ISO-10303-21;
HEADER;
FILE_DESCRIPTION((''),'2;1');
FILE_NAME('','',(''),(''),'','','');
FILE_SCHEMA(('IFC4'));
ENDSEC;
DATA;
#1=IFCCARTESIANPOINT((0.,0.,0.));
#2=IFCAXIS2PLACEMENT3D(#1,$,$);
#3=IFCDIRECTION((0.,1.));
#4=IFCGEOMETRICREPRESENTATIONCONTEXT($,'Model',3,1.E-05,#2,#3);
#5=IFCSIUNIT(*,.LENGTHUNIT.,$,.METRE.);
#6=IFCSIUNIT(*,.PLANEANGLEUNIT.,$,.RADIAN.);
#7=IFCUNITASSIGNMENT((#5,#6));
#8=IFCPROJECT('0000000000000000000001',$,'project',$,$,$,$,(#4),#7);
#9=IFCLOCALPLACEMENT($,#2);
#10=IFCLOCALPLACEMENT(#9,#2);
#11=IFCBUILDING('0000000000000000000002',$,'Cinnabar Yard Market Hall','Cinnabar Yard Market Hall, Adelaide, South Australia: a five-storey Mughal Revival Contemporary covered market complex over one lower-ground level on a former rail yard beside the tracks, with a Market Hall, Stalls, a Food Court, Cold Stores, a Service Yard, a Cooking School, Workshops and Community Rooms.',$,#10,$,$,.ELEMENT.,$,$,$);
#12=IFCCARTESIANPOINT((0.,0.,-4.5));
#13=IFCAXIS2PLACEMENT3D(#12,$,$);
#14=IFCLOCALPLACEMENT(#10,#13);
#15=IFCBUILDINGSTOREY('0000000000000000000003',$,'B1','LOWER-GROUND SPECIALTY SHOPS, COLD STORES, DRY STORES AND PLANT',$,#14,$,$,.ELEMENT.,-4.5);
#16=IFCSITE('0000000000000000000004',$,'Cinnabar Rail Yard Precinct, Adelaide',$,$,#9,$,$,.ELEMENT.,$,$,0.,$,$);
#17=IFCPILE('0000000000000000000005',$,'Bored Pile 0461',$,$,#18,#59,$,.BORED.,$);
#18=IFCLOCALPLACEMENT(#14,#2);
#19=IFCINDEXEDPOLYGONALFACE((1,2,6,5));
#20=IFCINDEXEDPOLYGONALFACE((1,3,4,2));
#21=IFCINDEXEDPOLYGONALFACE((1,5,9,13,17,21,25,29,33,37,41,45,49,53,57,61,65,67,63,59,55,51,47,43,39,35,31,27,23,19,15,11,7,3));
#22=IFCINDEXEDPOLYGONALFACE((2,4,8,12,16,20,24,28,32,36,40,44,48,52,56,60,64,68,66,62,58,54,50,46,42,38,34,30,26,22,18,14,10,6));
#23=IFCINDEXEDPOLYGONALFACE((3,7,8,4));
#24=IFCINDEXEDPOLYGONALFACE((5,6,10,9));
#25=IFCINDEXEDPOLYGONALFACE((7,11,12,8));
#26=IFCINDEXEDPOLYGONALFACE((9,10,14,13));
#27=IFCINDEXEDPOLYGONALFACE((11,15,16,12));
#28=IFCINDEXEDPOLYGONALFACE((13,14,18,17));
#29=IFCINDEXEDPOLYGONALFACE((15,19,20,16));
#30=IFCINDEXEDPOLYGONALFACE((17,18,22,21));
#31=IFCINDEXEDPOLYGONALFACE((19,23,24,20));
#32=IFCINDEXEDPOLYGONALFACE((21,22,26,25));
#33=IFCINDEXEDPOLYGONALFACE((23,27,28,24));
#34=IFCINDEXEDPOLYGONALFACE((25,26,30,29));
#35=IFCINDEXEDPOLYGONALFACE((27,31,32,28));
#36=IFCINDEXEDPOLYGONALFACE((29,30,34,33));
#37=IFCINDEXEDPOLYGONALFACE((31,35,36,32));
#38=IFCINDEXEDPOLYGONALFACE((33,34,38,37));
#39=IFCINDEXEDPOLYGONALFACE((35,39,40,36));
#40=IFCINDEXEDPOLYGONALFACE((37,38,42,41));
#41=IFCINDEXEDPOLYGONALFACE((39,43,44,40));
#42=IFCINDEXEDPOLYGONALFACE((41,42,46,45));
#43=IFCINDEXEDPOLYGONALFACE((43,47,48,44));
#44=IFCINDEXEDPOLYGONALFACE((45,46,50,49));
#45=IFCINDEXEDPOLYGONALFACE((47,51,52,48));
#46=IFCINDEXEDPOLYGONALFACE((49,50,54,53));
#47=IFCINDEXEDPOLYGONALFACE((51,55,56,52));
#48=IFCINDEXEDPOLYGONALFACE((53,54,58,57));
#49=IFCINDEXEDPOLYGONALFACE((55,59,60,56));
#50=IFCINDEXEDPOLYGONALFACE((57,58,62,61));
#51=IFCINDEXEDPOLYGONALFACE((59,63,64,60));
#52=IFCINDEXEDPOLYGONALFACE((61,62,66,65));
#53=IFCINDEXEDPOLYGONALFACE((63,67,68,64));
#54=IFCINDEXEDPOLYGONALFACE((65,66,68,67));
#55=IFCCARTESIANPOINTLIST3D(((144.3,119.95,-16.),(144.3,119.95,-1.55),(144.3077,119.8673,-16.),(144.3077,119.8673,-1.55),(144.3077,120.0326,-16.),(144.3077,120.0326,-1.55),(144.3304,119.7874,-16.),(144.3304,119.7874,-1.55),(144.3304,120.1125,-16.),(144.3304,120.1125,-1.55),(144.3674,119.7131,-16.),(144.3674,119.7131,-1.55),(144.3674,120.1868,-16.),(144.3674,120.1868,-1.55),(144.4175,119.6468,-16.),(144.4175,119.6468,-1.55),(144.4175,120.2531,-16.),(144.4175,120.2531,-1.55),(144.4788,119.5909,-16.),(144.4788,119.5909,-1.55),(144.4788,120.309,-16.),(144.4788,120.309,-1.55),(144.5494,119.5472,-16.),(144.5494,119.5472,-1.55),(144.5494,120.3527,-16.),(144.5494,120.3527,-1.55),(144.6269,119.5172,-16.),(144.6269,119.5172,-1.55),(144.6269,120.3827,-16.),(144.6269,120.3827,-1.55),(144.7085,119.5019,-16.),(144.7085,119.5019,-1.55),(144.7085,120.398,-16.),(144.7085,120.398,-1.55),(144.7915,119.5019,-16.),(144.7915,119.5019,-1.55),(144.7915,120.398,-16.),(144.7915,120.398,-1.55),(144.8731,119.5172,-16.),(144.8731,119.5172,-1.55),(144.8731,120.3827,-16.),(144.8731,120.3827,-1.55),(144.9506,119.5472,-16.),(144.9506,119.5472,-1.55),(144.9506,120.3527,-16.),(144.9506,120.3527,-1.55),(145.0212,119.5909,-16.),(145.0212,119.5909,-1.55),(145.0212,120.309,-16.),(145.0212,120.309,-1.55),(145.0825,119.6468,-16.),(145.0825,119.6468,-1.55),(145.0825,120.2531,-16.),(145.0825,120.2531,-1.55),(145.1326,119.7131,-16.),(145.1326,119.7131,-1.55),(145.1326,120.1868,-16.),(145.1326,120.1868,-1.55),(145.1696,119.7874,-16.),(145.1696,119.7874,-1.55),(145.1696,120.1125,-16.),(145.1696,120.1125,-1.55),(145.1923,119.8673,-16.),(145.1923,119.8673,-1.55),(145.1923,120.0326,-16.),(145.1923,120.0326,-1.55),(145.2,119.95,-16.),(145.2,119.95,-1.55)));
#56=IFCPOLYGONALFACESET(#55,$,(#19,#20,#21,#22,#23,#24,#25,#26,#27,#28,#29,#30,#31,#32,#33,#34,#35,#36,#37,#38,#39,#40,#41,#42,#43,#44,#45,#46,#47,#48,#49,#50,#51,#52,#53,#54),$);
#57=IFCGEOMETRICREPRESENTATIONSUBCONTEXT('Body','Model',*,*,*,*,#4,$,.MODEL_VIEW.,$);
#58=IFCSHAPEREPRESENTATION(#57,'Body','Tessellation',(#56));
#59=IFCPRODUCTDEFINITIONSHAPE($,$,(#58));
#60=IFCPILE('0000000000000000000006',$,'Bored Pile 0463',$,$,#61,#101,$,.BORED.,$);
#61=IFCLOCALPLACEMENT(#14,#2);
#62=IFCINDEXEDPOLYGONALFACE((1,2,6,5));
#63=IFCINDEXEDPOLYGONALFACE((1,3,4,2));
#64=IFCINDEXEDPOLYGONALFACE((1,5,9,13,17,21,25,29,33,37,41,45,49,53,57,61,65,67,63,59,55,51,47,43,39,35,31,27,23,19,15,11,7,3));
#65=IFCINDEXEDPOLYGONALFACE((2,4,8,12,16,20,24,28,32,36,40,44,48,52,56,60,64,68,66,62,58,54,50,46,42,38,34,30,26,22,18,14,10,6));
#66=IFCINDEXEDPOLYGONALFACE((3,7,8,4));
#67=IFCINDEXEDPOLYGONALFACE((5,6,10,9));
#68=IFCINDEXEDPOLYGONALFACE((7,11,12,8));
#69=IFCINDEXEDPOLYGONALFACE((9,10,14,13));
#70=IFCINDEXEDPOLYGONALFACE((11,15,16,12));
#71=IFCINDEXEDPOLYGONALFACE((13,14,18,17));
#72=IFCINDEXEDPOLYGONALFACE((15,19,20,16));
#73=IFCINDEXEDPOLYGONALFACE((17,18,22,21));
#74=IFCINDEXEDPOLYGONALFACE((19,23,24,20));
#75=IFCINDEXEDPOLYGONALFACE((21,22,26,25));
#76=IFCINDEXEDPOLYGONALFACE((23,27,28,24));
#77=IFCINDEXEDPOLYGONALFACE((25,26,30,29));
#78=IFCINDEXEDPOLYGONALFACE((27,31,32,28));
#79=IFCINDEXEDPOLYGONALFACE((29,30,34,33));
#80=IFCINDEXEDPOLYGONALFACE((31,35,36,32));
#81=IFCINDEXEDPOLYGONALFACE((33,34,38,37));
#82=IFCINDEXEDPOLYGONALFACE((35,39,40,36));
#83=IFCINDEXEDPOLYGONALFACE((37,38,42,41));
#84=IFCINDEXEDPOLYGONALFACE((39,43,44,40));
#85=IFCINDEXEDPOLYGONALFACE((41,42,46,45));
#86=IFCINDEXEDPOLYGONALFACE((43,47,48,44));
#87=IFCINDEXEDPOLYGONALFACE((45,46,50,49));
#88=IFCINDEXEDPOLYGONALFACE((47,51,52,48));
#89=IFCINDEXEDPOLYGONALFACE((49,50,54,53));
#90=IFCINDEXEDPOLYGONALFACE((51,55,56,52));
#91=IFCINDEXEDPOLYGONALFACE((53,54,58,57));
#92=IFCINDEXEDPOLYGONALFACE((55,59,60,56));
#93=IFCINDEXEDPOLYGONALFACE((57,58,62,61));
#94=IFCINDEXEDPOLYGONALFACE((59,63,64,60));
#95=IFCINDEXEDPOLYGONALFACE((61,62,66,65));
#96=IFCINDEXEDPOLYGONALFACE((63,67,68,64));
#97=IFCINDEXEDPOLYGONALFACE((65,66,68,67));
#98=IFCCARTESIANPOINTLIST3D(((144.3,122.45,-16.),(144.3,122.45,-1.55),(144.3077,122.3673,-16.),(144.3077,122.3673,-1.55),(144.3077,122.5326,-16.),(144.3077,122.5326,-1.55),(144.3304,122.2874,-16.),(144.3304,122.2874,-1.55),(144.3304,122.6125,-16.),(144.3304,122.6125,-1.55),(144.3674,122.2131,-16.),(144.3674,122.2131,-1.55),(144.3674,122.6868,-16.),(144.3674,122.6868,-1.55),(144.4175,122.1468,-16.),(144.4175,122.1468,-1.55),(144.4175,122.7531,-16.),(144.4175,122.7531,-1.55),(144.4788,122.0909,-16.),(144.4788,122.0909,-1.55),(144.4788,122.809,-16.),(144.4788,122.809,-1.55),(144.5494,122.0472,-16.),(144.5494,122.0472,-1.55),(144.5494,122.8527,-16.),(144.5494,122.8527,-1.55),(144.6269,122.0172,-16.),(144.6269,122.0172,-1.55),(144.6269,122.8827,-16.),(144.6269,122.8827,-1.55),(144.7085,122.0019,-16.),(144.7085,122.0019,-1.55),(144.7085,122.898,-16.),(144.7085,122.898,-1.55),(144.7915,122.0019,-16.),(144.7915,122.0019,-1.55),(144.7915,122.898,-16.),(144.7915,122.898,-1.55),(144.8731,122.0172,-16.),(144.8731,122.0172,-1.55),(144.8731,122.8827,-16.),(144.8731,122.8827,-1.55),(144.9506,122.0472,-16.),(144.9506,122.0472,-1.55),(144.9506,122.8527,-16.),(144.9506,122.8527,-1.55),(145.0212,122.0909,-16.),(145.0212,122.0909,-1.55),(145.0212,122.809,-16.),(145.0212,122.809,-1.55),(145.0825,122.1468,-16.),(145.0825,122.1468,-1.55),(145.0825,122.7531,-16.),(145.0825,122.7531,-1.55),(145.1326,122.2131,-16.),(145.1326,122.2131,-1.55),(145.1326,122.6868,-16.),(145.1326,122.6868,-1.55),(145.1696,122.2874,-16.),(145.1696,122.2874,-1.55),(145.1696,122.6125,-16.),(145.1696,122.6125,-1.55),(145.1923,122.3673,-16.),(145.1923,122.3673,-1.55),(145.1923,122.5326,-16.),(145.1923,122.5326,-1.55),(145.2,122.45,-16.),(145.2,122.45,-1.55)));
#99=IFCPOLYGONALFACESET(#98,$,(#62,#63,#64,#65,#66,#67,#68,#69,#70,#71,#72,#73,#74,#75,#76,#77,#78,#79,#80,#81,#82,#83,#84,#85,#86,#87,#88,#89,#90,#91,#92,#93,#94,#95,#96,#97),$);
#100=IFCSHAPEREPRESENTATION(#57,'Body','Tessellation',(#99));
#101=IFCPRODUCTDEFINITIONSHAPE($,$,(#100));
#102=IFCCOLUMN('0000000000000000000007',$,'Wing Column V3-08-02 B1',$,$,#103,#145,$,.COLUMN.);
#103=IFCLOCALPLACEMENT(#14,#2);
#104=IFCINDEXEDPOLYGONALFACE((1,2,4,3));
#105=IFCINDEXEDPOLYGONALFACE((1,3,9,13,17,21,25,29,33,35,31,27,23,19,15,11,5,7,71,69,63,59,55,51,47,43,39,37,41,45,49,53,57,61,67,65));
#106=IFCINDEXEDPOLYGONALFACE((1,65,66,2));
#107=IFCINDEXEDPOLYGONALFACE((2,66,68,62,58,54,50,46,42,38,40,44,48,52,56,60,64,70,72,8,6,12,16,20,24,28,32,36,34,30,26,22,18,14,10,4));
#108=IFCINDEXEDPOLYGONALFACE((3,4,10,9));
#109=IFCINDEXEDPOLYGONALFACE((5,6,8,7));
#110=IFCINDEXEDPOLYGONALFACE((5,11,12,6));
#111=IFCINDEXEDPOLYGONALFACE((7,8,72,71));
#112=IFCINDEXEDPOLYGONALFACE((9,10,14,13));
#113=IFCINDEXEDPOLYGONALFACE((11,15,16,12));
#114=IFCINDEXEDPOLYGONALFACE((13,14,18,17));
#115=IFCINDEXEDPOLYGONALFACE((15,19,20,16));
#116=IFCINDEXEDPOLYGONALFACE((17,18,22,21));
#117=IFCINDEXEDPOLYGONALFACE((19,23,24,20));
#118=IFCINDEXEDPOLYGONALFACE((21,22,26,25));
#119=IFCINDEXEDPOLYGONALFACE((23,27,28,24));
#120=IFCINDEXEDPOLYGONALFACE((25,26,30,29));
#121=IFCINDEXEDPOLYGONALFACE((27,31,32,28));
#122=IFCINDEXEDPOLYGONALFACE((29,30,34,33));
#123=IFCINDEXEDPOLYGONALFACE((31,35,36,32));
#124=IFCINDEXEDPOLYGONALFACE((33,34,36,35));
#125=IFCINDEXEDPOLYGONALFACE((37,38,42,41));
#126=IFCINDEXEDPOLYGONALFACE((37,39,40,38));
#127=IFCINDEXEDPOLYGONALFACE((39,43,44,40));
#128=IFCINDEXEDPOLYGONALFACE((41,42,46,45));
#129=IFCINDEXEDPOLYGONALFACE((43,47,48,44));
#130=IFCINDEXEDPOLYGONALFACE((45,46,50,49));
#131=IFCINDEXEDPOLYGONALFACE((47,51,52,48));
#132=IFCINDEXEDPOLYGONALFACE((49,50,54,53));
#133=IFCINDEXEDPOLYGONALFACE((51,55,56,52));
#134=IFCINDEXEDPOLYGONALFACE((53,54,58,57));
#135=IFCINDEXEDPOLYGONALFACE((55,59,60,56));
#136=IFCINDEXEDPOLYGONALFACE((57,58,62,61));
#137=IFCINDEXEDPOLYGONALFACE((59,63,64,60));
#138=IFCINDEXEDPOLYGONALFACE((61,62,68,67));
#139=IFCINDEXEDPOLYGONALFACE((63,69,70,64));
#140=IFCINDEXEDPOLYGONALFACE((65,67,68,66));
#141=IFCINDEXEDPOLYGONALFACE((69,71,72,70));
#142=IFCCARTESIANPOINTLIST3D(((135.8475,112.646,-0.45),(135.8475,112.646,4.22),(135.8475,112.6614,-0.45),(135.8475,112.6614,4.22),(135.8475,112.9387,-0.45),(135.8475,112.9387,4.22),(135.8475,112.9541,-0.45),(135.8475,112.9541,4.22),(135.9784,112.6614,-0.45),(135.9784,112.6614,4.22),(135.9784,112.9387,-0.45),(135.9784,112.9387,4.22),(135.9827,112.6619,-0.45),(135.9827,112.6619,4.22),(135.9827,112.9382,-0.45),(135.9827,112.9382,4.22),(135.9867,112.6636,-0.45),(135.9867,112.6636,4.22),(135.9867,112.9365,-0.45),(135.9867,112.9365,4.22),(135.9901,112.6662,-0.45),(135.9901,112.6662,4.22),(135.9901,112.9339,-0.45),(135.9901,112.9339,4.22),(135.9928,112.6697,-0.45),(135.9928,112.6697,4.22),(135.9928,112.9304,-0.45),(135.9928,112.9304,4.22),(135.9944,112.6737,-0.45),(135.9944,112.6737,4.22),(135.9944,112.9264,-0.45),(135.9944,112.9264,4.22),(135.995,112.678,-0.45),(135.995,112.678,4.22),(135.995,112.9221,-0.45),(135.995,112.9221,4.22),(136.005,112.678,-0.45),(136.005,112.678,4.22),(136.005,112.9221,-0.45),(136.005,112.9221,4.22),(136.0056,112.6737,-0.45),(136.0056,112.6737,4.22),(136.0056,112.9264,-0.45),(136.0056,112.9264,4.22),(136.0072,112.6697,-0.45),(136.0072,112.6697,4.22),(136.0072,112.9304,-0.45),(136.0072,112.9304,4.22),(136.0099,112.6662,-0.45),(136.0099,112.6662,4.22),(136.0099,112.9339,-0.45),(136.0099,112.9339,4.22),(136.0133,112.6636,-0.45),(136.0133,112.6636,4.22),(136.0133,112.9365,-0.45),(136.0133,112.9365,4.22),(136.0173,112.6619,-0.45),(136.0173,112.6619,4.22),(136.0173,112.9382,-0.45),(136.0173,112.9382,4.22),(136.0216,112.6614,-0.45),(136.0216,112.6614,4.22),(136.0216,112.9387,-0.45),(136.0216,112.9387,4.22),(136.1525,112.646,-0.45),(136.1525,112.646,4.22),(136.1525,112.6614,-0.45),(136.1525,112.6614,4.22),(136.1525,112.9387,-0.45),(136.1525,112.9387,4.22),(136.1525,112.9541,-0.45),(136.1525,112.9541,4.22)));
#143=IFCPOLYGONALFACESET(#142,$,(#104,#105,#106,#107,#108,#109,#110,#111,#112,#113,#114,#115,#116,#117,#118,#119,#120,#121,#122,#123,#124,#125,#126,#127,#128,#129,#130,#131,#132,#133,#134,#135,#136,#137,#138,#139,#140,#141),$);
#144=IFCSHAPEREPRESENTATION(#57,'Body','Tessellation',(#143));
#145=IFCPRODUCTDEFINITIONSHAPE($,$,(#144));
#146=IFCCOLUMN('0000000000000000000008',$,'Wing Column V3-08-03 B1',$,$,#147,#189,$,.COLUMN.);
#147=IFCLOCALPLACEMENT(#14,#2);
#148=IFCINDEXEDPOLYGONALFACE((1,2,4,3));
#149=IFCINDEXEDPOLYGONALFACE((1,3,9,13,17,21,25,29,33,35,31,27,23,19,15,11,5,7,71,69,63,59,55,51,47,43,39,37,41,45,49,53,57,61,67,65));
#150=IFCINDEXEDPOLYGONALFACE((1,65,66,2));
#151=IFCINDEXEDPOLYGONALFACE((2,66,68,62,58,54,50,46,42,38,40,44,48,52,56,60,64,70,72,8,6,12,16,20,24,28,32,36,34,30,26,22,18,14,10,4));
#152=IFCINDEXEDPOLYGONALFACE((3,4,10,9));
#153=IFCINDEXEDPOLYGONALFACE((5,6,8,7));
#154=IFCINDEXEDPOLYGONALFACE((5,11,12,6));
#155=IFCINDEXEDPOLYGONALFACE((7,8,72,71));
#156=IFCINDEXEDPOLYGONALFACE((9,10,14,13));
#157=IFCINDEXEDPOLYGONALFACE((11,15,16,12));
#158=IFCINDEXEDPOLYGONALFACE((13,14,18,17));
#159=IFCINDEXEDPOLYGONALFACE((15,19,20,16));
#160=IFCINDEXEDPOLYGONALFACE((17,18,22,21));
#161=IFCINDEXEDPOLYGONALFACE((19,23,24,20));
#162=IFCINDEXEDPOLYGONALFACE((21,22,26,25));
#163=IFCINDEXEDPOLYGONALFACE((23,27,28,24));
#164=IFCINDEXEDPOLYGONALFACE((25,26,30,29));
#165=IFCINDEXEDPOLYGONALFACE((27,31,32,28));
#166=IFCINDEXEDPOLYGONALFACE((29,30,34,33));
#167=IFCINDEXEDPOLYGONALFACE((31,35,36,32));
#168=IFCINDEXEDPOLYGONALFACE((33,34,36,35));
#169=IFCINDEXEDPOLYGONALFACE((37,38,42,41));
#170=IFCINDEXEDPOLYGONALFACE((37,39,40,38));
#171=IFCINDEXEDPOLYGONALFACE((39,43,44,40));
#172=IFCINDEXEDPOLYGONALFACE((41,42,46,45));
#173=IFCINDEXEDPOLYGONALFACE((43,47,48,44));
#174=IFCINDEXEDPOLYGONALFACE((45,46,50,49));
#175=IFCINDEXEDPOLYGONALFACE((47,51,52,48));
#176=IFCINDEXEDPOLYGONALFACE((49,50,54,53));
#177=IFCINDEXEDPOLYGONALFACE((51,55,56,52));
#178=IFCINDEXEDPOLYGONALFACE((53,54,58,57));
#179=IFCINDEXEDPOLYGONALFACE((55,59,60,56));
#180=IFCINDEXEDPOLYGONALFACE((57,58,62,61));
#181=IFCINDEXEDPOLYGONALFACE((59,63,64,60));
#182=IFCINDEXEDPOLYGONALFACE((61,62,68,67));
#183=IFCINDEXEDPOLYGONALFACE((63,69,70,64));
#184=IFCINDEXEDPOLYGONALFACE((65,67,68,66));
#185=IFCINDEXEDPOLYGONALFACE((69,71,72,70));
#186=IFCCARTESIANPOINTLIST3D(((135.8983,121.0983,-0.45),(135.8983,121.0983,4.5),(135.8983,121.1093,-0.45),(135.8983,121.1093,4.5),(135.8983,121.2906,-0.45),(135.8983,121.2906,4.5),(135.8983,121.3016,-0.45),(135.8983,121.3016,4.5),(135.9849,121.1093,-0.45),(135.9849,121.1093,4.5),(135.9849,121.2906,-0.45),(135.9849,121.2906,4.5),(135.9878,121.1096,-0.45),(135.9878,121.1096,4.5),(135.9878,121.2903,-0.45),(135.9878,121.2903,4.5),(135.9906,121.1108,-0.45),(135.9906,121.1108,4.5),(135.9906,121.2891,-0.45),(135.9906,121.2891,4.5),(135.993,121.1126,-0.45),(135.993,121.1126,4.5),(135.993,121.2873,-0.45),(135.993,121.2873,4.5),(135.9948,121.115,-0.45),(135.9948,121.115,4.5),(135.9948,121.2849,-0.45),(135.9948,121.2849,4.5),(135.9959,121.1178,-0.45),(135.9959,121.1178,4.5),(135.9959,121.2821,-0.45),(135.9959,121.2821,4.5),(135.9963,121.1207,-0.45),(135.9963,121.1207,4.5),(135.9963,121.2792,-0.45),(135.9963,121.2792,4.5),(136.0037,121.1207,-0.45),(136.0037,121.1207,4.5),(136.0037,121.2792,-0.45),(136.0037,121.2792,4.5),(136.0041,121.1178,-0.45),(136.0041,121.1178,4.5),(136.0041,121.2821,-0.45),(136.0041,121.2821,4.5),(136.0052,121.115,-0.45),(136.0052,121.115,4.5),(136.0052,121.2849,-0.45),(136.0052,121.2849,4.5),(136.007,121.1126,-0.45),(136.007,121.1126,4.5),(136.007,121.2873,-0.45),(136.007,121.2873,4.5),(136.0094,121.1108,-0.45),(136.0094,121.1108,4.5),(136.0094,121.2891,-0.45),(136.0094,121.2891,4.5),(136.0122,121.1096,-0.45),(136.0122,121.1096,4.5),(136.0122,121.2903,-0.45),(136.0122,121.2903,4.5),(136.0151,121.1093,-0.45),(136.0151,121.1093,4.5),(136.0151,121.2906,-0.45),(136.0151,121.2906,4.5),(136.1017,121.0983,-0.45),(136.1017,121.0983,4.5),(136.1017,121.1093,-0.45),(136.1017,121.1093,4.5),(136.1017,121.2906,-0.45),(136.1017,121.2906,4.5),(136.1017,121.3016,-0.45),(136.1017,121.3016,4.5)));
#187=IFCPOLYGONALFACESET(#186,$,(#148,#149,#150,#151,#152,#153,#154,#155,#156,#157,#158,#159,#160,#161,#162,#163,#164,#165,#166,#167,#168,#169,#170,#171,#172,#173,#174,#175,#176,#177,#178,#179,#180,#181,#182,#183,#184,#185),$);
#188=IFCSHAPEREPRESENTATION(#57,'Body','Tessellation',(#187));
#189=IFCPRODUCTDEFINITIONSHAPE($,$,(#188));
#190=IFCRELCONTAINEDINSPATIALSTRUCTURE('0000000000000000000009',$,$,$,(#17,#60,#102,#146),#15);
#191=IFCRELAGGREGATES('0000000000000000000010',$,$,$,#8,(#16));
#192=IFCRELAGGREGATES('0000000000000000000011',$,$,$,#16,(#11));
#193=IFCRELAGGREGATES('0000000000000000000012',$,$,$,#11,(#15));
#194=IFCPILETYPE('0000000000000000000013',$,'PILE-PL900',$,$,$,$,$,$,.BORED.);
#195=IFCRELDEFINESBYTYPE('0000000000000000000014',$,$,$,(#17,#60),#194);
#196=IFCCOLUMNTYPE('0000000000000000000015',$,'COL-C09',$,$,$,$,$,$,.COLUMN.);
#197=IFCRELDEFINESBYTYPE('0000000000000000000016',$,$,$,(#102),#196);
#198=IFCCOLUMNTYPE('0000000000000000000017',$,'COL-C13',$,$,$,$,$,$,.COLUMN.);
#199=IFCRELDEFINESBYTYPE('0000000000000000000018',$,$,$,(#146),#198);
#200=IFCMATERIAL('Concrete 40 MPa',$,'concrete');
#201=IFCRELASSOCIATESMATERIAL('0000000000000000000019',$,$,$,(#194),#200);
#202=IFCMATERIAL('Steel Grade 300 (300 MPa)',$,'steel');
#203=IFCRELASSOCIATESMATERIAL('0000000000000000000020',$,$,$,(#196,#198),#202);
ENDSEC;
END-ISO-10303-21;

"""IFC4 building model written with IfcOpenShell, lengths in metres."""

from ifc_helpers import new_model, si_unit, direction, frame, origin, origin_2d_with_axis, place, context, subcontext, project, spatial, circle, i_section, extrude, material, material_profile, profile_set, type_object, element, save


model = new_model("IFC4")

# Units and contexts
model_context = context("Model", 3, precision=1e-05, world=origin(), true_north=direction((0.0, 1.0)))
body_context = subcontext(model_context, "Body", "Model", "MODEL_VIEW")
ifc_project = project(units=[si_unit("LENGTHUNIT", "METRE"), si_unit("PLANEANGLEUNIT", "RADIAN")], contexts=[model_context])

# Site, building, storey
site_placement = place(None, origin())
site = spatial("IfcSite", under=ifc_project, at=site_placement, Name="Cinnabar Rail Yard Precinct, Adelaide", CompositionType="ELEMENT", RefElevation=0.0)
building_placement = place(site_placement, origin())
building = spatial("IfcBuilding", under=site, at=building_placement, Name="Cinnabar Yard Market Hall", Description="Cinnabar Yard Market Hall, Adelaide, South Australia: a five-storey Mughal Revival Contemporary covered market complex over one lower-ground level on a former rail yard beside the tracks, with a Market Hall, Stalls, a Food Court, Cold Stores, a Service Yard, a Cooking School, Workshops and Community Rooms.", CompositionType="ELEMENT")
storey_placement = place(building_placement, frame((0.0, 0.0, -4.5)))
storey = spatial("IfcBuildingStorey", under=building, at=storey_placement, Name="B1", Description="LOWER-GROUND SPECIALTY SHOPS, COLD STORES, DRY STORES AND PLANT", CompositionType="ELEMENT", Elevation=-4.5)

# Shared definitions
ifc_material_1 = material(Name="Concrete 40 MPa", Category="concrete")

# Piles
ifc_material_profile_1 = material_profile(ifc_material_1, circle(Radius=0.45, at=origin_2d_with_axis()), Name="PILE-D900")
ifc_profile_set_1 = profile_set([ifc_material_profile_1], Name="Concrete 40 MPa")
pile_type_1 = type_object("IfcPileType", Name="PILE-PL900", PredefinedType="BORED", material=ifc_profile_set_1)
for number, where, z_axis, x_axis, name in (
    (1, (144.75, 119.95, -1.55), (0.0, 0.0, -1.0), (1.0, 0.0, 0.0), "Bored Pile 0461"),
    (2, (144.75, 122.45, -1.55), (0.0, 0.0, -1.0), (1.0, 0.0, 0.0), "Bored Pile 0463"),
):
    element("IfcPile", number, at=place(storey_placement, frame(where, z_axis=z_axis, x_axis=x_axis)), inside=storey, type_object=pile_type_1, Name=name, PredefinedType="BORED", context=body_context, shape_type="SweptSolid", body=[
        extrude(circle(Radius=0.45, at=origin_2d_with_axis()), origin(), (0.0, 0.0, 1.0), 14.45),
    ])

# Columns
ifc_material_2 = material(Name="Steel Grade 300 (300 MPa)", Category="steel")
ifc_material_profile_2 = material_profile(ifc_material_2, i_section(OverallWidth=0.3049, OverallDepth=0.3081, WebThickness=0.01, FlangeThickness=0.0154, FilletRadius=0.0166, at=origin_2d_with_axis()), Name="310UC96.8")
ifc_profile_set_2 = profile_set([ifc_material_profile_2], Name="Steel Grade 300 (300 MPa)")
column_type_1 = type_object("IfcColumnType", Name="COL-C09", PredefinedType="COLUMN", material=ifc_profile_set_2)
column_1_placement = place(storey_placement, frame((136.0, 112.8, -0.45), z_axis=(0.0, 0.0, 1.0), x_axis=(1.0, 0.0, 0.0)))
element("IfcColumn", 3, at=column_1_placement, inside=storey, type_object=column_type_1, Name="Wing Column V3-08-02 B1", PredefinedType="COLUMN", context=body_context, shape_type="SweptSolid", body=[
    extrude(i_section(OverallWidth=0.3049, OverallDepth=0.3081, WebThickness=0.01, FlangeThickness=0.0154, FilletRadius=0.0166, at=origin_2d_with_axis()), origin(), (0.0, 0.0, 1.0), 4.6699),
])
ifc_material_profile_3 = material_profile(ifc_material_2, i_section(OverallWidth=0.2034, OverallDepth=0.2034, WebThickness=0.0073, FlangeThickness=0.011, FilletRadius=0.0115, at=origin_2d_with_axis()), Name="200UC46.2")
ifc_profile_set_3 = profile_set([ifc_material_profile_3], Name="Steel Grade 300 (300 MPa)")
column_type_2 = type_object("IfcColumnType", Name="COL-C13", PredefinedType="COLUMN", material=ifc_profile_set_3)
column_2_placement = place(storey_placement, frame((136.0, 121.2, -0.45), z_axis=(0.0, 0.0, 1.0), x_axis=(1.0, 0.0, 0.0)))
element("IfcColumn", 4, at=column_2_placement, inside=storey, type_object=column_type_2, Name="Wing Column V3-08-03 B1", PredefinedType="COLUMN", context=body_context, shape_type="SweptSolid", body=[
    extrude(i_section(OverallWidth=0.2034, OverallDepth=0.2034, WebThickness=0.0073, FlangeThickness=0.011, FilletRadius=0.0115, at=origin_2d_with_axis()), origin(), (0.0, 0.0, 1.0), 4.95),
])

save(model, "model.ifc")
